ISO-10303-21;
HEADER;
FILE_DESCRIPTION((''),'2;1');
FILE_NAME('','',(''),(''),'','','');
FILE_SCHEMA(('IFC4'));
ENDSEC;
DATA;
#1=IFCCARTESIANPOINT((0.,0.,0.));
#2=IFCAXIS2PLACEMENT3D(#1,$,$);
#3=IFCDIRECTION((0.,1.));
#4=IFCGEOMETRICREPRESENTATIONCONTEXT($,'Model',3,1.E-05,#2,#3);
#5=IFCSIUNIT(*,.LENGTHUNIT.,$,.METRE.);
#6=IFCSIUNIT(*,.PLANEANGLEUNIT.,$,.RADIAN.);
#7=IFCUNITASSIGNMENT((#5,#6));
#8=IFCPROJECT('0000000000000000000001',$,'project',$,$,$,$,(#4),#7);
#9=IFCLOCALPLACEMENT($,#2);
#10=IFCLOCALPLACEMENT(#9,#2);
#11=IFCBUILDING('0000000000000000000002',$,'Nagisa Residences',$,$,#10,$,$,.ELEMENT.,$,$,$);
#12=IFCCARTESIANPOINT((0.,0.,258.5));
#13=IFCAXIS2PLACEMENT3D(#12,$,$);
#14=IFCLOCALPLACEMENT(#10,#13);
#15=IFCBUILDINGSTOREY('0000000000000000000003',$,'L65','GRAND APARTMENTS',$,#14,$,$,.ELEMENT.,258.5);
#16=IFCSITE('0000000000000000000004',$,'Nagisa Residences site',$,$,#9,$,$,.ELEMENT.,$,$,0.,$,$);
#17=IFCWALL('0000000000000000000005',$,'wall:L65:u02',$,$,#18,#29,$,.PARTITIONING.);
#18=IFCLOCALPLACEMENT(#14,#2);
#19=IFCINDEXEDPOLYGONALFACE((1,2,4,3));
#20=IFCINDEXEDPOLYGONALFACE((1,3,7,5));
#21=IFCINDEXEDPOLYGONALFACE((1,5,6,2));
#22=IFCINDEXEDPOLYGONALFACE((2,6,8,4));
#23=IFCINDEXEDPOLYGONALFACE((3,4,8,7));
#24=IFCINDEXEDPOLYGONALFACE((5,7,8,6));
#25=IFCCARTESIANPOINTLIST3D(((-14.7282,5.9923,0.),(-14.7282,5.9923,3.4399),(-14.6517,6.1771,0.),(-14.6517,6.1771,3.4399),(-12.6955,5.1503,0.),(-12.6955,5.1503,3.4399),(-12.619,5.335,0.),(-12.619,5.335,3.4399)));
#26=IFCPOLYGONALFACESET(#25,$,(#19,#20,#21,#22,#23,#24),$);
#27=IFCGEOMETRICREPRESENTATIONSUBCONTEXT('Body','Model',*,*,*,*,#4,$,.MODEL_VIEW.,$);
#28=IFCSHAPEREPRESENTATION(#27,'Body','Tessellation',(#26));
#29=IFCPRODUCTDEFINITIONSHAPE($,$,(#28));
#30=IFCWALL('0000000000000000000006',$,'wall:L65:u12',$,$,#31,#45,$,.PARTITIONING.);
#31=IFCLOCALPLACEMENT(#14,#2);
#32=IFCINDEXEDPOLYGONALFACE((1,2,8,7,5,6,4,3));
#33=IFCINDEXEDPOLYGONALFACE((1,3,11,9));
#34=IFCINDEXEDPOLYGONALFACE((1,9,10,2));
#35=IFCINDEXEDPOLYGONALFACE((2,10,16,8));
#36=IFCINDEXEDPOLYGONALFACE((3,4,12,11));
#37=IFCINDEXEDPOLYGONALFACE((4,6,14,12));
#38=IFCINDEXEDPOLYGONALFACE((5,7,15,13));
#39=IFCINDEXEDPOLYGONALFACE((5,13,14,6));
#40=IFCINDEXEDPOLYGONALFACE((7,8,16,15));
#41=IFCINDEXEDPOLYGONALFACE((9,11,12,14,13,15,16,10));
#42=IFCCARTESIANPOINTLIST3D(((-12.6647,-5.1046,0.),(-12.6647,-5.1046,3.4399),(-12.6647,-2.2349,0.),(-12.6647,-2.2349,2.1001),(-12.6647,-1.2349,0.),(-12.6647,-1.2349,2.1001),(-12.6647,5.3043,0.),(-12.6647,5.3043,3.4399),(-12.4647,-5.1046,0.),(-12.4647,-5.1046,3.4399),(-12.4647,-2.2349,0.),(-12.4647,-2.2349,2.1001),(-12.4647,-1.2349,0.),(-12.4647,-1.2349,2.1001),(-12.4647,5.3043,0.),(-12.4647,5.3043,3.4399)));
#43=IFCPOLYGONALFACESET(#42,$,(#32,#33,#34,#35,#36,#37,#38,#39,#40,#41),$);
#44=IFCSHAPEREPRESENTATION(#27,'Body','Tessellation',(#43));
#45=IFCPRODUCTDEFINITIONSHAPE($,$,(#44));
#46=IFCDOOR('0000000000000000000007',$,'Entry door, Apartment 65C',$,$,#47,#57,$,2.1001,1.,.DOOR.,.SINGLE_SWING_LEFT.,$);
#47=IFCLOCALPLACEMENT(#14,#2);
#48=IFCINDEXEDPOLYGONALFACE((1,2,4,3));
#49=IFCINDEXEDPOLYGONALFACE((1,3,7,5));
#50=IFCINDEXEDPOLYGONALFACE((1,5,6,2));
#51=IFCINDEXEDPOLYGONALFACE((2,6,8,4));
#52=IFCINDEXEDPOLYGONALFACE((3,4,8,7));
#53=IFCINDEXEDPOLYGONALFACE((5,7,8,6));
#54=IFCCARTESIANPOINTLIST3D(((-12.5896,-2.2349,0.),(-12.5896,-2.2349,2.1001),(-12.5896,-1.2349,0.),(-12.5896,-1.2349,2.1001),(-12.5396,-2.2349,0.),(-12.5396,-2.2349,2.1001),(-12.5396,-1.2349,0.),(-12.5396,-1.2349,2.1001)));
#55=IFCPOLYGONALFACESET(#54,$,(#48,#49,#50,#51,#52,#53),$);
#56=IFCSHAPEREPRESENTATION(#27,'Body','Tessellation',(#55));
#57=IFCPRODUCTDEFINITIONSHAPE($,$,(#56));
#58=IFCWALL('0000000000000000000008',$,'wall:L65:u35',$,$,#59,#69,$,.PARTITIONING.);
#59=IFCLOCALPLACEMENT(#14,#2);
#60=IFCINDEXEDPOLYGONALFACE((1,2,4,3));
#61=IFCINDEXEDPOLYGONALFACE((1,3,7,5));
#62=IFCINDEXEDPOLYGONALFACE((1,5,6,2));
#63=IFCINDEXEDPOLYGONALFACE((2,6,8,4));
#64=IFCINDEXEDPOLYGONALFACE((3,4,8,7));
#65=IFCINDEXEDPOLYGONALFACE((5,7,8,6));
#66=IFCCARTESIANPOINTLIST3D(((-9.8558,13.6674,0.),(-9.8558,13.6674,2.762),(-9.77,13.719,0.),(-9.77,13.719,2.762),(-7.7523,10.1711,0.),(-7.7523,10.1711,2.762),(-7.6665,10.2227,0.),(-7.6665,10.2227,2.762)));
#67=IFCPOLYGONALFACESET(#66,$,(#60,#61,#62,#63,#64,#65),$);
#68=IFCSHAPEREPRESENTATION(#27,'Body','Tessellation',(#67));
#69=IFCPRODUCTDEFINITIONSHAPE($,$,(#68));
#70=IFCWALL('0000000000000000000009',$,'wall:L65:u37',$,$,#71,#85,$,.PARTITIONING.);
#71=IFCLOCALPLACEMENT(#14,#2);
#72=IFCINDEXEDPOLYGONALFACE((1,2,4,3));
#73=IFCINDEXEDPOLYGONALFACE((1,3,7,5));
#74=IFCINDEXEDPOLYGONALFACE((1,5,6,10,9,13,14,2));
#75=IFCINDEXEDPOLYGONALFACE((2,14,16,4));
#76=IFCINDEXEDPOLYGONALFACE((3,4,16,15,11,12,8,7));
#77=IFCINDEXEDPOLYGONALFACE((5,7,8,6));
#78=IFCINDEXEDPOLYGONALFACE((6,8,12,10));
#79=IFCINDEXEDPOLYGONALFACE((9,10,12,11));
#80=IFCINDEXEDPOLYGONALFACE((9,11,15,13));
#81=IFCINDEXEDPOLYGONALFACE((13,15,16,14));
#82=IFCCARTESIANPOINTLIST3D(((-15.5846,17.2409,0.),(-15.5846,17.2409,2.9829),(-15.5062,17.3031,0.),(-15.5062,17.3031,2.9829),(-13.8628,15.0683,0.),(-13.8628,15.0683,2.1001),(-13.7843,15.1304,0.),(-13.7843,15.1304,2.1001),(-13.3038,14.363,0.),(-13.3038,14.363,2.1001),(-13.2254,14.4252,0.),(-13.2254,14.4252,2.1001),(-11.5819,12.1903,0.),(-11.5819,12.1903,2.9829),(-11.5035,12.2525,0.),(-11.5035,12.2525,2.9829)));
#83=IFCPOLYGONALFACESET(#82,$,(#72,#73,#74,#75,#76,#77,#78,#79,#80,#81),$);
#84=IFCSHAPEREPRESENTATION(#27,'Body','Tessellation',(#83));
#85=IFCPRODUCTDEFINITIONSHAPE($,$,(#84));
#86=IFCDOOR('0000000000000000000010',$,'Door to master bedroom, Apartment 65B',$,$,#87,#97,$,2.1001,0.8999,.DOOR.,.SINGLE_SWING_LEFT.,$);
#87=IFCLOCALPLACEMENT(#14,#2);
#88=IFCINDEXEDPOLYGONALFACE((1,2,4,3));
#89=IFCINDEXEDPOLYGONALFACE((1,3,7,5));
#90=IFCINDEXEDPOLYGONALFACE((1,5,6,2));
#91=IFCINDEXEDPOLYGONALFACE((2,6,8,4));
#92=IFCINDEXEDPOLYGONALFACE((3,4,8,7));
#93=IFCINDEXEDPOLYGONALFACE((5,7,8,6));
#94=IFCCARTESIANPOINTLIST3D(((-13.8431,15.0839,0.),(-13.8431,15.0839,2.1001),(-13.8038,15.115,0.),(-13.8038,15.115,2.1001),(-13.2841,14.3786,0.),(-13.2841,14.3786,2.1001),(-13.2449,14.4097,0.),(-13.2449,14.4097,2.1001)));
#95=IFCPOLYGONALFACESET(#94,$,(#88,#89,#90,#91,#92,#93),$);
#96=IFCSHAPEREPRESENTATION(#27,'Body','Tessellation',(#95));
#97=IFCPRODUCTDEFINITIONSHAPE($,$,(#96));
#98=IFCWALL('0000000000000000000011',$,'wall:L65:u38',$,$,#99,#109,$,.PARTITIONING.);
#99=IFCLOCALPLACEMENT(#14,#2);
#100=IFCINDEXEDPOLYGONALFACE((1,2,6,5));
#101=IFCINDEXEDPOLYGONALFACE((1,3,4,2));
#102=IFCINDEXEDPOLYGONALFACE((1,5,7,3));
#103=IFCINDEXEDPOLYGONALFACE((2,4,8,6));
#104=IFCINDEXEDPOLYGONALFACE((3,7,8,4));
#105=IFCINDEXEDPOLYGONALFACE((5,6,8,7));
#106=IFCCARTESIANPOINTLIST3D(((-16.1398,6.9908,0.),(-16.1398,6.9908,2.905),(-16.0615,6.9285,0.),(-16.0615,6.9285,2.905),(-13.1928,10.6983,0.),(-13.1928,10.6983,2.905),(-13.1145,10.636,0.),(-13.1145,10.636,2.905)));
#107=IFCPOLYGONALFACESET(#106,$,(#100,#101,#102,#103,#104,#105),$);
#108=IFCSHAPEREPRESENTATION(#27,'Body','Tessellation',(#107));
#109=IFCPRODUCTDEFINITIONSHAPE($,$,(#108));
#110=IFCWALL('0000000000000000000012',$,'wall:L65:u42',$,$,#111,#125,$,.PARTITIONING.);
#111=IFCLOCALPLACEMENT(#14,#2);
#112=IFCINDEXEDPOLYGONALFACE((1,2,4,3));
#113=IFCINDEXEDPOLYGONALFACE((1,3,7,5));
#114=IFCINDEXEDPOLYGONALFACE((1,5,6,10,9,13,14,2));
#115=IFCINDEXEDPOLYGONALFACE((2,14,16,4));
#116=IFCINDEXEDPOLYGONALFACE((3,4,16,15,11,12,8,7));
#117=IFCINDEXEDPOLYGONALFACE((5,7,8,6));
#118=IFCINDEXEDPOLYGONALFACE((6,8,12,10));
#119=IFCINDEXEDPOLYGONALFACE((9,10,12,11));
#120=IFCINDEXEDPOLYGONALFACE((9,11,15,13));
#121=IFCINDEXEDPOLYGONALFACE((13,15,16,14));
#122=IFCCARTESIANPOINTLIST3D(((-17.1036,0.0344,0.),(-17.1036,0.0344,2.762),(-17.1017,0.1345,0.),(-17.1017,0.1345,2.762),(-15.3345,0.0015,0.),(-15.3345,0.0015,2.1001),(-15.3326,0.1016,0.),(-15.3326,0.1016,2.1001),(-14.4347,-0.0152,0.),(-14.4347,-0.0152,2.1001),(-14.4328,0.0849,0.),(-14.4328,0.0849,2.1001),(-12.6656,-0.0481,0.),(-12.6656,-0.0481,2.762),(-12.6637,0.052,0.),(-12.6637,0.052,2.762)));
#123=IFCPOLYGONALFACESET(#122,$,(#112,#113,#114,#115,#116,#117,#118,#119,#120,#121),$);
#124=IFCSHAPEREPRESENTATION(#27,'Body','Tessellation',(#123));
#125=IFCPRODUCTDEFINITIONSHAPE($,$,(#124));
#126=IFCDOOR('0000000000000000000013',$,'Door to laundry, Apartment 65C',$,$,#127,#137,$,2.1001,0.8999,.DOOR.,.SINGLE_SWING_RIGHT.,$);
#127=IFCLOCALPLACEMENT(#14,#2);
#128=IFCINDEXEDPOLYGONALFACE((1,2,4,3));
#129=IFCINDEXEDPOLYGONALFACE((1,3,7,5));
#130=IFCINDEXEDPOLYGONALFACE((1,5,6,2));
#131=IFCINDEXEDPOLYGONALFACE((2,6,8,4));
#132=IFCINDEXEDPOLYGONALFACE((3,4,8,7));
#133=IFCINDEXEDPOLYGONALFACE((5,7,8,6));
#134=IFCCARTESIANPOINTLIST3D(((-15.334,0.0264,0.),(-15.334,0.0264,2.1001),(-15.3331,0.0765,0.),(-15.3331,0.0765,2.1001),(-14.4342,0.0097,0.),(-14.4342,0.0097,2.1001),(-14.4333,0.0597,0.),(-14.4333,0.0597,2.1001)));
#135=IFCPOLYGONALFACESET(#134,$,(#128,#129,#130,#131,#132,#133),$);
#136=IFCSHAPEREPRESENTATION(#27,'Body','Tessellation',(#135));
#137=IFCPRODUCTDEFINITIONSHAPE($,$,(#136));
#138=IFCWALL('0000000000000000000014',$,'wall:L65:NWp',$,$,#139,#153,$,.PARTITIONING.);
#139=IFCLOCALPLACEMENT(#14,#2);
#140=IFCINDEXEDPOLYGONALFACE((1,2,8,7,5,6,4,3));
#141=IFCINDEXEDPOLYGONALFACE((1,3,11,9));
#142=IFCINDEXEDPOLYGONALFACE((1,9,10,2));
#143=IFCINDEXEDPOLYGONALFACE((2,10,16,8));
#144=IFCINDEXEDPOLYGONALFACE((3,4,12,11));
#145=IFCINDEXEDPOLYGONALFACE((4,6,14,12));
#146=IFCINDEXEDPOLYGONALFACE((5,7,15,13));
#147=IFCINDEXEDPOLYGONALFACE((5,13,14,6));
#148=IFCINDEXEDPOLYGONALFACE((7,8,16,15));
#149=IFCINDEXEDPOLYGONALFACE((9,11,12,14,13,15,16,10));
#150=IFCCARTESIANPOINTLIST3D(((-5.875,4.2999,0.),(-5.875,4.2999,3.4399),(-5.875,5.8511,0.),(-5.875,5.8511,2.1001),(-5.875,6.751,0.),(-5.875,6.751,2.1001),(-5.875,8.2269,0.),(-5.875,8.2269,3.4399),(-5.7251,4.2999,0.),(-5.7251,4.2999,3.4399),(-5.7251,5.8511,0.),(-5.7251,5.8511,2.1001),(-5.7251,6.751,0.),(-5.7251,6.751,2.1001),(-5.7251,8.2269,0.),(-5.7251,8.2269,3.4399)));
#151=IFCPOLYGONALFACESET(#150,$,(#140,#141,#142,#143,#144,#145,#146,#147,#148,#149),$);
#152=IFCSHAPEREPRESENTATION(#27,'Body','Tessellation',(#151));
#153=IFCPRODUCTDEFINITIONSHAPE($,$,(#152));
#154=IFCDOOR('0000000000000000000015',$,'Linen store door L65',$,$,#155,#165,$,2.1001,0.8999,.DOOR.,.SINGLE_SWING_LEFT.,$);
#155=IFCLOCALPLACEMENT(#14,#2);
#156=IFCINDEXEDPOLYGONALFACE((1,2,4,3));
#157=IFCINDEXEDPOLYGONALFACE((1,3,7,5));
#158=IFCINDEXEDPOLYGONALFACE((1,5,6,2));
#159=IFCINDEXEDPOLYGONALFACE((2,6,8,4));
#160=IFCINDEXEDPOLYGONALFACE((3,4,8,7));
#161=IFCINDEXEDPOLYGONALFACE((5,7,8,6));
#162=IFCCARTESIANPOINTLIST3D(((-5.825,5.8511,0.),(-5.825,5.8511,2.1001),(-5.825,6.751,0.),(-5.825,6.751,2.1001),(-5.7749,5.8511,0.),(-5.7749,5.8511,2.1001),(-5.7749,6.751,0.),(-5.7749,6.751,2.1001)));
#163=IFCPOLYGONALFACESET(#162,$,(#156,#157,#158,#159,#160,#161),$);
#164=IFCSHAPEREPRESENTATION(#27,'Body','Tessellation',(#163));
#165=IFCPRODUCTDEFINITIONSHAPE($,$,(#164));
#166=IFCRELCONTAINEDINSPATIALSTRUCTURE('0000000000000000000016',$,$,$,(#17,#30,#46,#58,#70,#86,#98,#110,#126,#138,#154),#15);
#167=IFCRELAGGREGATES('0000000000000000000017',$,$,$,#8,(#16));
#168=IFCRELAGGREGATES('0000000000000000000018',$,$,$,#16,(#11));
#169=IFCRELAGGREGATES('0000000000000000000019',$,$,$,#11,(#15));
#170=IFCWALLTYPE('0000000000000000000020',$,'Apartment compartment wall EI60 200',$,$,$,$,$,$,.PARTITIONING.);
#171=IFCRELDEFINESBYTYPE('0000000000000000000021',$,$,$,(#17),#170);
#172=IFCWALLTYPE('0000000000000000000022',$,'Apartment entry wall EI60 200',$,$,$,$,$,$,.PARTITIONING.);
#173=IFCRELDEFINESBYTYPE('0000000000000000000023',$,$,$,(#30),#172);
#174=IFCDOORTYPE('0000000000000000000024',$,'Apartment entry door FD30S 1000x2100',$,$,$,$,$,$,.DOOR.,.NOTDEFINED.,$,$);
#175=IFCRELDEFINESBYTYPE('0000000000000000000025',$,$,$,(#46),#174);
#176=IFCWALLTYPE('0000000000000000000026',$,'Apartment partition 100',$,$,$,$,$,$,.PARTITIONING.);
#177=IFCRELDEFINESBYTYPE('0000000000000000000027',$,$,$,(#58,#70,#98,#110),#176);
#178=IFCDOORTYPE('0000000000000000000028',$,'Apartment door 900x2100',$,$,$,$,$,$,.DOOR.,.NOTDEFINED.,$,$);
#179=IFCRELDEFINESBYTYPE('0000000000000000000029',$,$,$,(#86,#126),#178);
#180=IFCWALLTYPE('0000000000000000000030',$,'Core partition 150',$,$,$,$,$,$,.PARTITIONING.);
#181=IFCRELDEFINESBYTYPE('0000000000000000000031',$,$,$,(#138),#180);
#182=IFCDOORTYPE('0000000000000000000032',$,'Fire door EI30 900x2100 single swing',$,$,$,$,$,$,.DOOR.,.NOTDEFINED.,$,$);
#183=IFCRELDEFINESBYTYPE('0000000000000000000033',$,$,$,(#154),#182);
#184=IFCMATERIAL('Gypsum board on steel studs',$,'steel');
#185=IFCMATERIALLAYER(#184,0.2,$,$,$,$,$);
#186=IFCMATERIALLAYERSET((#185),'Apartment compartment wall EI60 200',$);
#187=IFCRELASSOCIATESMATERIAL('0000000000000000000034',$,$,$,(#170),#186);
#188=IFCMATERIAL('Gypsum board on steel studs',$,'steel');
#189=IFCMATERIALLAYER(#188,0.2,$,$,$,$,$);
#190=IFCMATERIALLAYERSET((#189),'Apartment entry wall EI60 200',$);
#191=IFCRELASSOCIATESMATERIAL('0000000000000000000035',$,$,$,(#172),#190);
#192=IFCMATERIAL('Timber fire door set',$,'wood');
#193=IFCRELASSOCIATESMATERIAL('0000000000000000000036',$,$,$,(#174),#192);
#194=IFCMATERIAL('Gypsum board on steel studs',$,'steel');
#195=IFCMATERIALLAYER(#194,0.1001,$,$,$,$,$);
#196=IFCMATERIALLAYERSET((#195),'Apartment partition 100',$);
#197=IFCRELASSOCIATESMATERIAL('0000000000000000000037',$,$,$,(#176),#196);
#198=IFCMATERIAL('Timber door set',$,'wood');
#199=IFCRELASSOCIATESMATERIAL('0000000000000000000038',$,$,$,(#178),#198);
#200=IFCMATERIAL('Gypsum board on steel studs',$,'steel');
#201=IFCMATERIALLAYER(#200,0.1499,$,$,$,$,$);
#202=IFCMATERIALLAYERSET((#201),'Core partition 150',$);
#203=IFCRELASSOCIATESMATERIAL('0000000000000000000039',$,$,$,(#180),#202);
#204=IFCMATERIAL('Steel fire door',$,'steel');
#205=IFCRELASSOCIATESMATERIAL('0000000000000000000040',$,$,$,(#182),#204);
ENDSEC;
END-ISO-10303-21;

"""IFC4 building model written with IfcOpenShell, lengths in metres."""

from ifc_helpers import new_model, si_unit, direction, frame, frame_2d, origin, place, context, subcontext, project, spatial, rectangle, extrude, material, layer, layer_set, type_object, element, fill, save


model = new_model("IFC4")

# Units and contexts
model_context = context("Model", 3, precision=1e-05, world=origin(), true_north=direction((0.0, 1.0)))
body_context = subcontext(model_context, "Body", "Model", "MODEL_VIEW")
ifc_project = project(units=[si_unit("LENGTHUNIT", "METRE"), si_unit("PLANEANGLEUNIT", "RADIAN")], contexts=[model_context])

# Site, building, storey
site_placement = place(None, origin())
site = spatial("IfcSite", under=ifc_project, at=site_placement, Name="Nagisa Residences site", CompositionType="ELEMENT", RefElevation=0.0)
building_placement = place(site_placement, origin())
building = spatial("IfcBuilding", under=site, at=building_placement, Name="Nagisa Residences", CompositionType="ELEMENT")
storey_placement = place(building_placement, frame((0.0, 0.0, 258.5)))
storey = spatial("IfcBuildingStorey", under=building, at=storey_placement, Name="L65", Description="GRAND APARTMENTS", CompositionType="ELEMENT", Elevation=258.5)

# Wall
ifc_material_1 = material(Name="Gypsum board on steel studs", Category="steel")
ifc_layer_1 = layer(ifc_material_1, 0.2)
ifc_layer_set_1 = layer_set([ifc_layer_1], Name="Apartment compartment wall EI60 200")
wall_type_1 = type_object("IfcWallType", Name="Apartment compartment wall EI60 200", PredefinedType="PARTITIONING", material=ifc_layer_set_1)
wall_1_placement = place(storey_placement, frame((-12.6572, 5.2427, 0.0), z_axis=(0.0, 0.0, 1.0), x_axis=(-0.923869, 0.382708, 0.0)))
element("IfcWall", 1, at=wall_1_placement, inside=storey, type_object=wall_type_1, Name="wall:L65:u02", PredefinedType="PARTITIONING", context=body_context, shape_type="SweptSolid", body=[
    extrude(rectangle(XDim=2.2002, YDim=0.2, at=frame_2d((1.1001, 0.0))), origin(), (0.0, 0.0, 1.0), 3.4399),
])

# Wall, opening, door
ifc_material_2 = material(Name="Gypsum board on steel studs", Category="steel")
ifc_layer_2 = layer(ifc_material_2, 0.2)
ifc_layer_set_2 = layer_set([ifc_layer_2], Name="Apartment entry wall EI60 200")
wall_type_2 = type_object("IfcWallType", Name="Apartment entry wall EI60 200", PredefinedType="PARTITIONING", material=ifc_layer_set_2)
wall_2_placement = place(storey_placement, frame((-12.5647, 5.3044, 0.0), z_axis=(0.0, 0.0, 1.0), x_axis=(0.0, -1.0, 0.0)))
wall_2 = element("IfcWall", 2, at=wall_2_placement, inside=storey, type_object=wall_type_2, Name="wall:L65:u12", PredefinedType="PARTITIONING", context=body_context, shape_type="SweptSolid", body=[
    extrude(rectangle(XDim=10.4089, YDim=0.2, at=frame_2d((5.2046, 0.0))), origin(), (0.0, 0.0, 1.0), 3.4399),
])
opening_1_placement = place(wall_2_placement, frame((6.5393, 0.0, 0.0)))
opening_1 = element("IfcOpeningElement", 3, at=opening_1_placement, cuts=wall_2, PredefinedType="OPENING", context=body_context, shape_type="SweptSolid", body=[
    extrude(rectangle(XDim=1.0, YDim=2.1001, at=frame_2d((0.5, 1.05))), frame((0.0, 0.1099, 0.0), z_axis=(0.0, -1.0, 0.0), x_axis=(1.0, 0.0, 0.0)), (0.0, 0.0, 1.0), 0.22),
])
ifc_material_3 = material(Name="Timber fire door set", Category="wood")
door_type_1 = type_object("IfcDoorType", Name="Apartment entry door FD30S 1000x2100", OperationType="NOTDEFINED", PredefinedType="DOOR", material=ifc_material_3)
door_1_placement = place(opening_1_placement, frame((1.0, 0.0, 0.0), x_axis=(-1.0, 0.0, 0.0)))
door_1 = element("IfcDoor", 4, at=door_1_placement, inside=storey, type_object=door_type_1, Name="Entry door, Apartment 65C", OperationType="SINGLE_SWING_LEFT", OverallHeight=2.1001, OverallWidth=1.0, PredefinedType="DOOR", context=body_context, shape_type="SweptSolid", body=[
    extrude(rectangle(XDim=1.0, YDim=2.1001, at=frame_2d((0.5, 1.05))), frame((0.0, 0.0249, 0.0), z_axis=(0.0, -1.0, 0.0), x_axis=(1.0, 0.0, 0.0)), (0.0, 0.0, 1.0), 0.05),
])
fill(opening_1, door_1)

# Wall
ifc_material_4 = material(Name="Gypsum board on steel studs", Category="steel")
ifc_layer_3 = layer(ifc_material_4, 0.1001)
ifc_layer_set_3 = layer_set([ifc_layer_3], Name="Apartment partition 100")
wall_type_3 = type_object("IfcWallType", Name="Apartment partition 100", PredefinedType="PARTITIONING", material=ifc_layer_set_3)
wall_3_placement = place(storey_placement, frame((-7.7095, 10.197, 0.0), z_axis=(0.0, 0.0, 1.0), x_axis=(-0.515525, 0.856875, 0.0)))
element("IfcWall", 5, at=wall_3_placement, inside=storey, type_object=wall_type_3, Name="wall:L65:u35", PredefinedType="PARTITIONING", context=body_context, shape_type="SweptSolid", body=[
    extrude(rectangle(XDim=4.0803, YDim=0.1001, at=frame_2d((2.04, 0.0))), origin(), (0.0, 0.0, 1.0), 2.762),
])

# Wall, opening, door
wall_4_placement = place(storey_placement, frame((-11.5427, 12.2214, 0.0), z_axis=(0.0, 0.0, 1.0), x_axis=(-0.621117, 0.783718, 0.0)))
wall_4 = element("IfcWall", 6, at=wall_4_placement, inside=storey, type_object=wall_type_3, Name="wall:L65:u37", PredefinedType="PARTITIONING", context=body_context, shape_type="SweptSolid", body=[
    extrude(rectangle(XDim=6.4443, YDim=0.1001, at=frame_2d((3.2222, 0.0))), origin(), (0.0, 0.0, 1.0), 2.9829),
])
opening_2_placement = place(wall_4_placement, frame((2.7722, 0.0, 0.0)))
opening_2 = element("IfcOpeningElement", 7, at=opening_2_placement, cuts=wall_4, PredefinedType="OPENING", context=body_context, shape_type="SweptSolid", body=[
    extrude(rectangle(XDim=0.8999, YDim=2.1001, at=frame_2d((0.45, 1.05))), frame((0.0, 0.0601, 0.0), z_axis=(0.0, -1.0, 0.0), x_axis=(1.0, 0.0, 0.0)), (0.0, 0.0, 1.0), 0.1201),
])
ifc_material_5 = material(Name="Timber door set", Category="wood")
door_type_2 = type_object("IfcDoorType", Name="Apartment door 900x2100", OperationType="NOTDEFINED", PredefinedType="DOOR", material=ifc_material_5)
door_2_placement = place(opening_2_placement, origin())
door_2 = element("IfcDoor", 8, at=door_2_placement, inside=storey, type_object=door_type_2, Name="Door to master bedroom, Apartment 65B", OperationType="SINGLE_SWING_LEFT", OverallHeight=2.1001, OverallWidth=0.8999, PredefinedType="DOOR", context=body_context, shape_type="SweptSolid", body=[
    extrude(rectangle(XDim=0.8999, YDim=2.1001, at=frame_2d((0.45, 1.05))), frame((0.0, 0.0249, 0.0), z_axis=(0.0, -1.0, 0.0), x_axis=(1.0, 0.0, 0.0)), (0.0, 0.0, 1.0), 0.05),
])
fill(opening_2, door_2)

# Wall
wall_5_placement = place(storey_placement, frame((-13.1536, 10.6672, 0.0), z_axis=(0.0, 0.0, 1.0), x_axis=(-0.622247, -0.782821, 0.0)))
element("IfcWall", 9, at=wall_5_placement, inside=storey, type_object=wall_type_3, Name="wall:L65:u38", PredefinedType="PARTITIONING", context=body_context, shape_type="SweptSolid", body=[
    extrude(rectangle(XDim=4.7361, YDim=0.1001, at=frame_2d((2.3682, 0.0))), origin(), (0.0, 0.0, 1.0), 2.905),
])

# Walls, openings, doors
wall_6_placement = place(storey_placement, frame((-12.6648, 0.002, 0.0), z_axis=(0.0, 0.0, 1.0), x_axis=(-0.999827, 0.018591, 0.0)))
wall_6 = element("IfcWall", 10, at=wall_6_placement, inside=storey, type_object=wall_type_3, Name="wall:L65:u42", PredefinedType="PARTITIONING", context=body_context, shape_type="SweptSolid", body=[
    extrude(rectangle(XDim=4.4387, YDim=0.1001, at=frame_2d((2.2192, 0.0))), origin(), (0.0, 0.0, 1.0), 2.762),
])
opening_3_placement = place(wall_6_placement, frame((1.7693, 0.0, 0.0)))
opening_3 = element("IfcOpeningElement", 11, at=opening_3_placement, cuts=wall_6, PredefinedType="OPENING", context=body_context, shape_type="SweptSolid", body=[
    extrude(rectangle(XDim=0.8999, YDim=2.1001, at=frame_2d((0.45, 1.05))), frame((0.0, 0.0601, 0.0), z_axis=(0.0, -1.0, 0.0), x_axis=(1.0, 0.0, 0.0)), (0.0, 0.0, 1.0), 0.1201),
])
door_3_placement = place(opening_3_placement, frame((0.8999, 0.0, 0.0), x_axis=(-1.0, 0.0, 0.0)))
door_3 = element("IfcDoor", 12, at=door_3_placement, inside=storey, type_object=door_type_2, Name="Door to laundry, Apartment 65C", OperationType="SINGLE_SWING_RIGHT", OverallHeight=2.1001, OverallWidth=0.8999, PredefinedType="DOOR", context=body_context, shape_type="SweptSolid", body=[
    extrude(rectangle(XDim=0.8999, YDim=2.1001, at=frame_2d((0.45, 1.05))), frame((0.0, 0.0249, 0.0), z_axis=(0.0, -1.0, 0.0), x_axis=(1.0, 0.0, 0.0)), (0.0, 0.0, 1.0), 0.05),
])
fill(opening_3, door_3)
ifc_material_6 = material(Name="Gypsum board on steel studs", Category="steel")
ifc_layer_4 = layer(ifc_material_6, 0.1499)
ifc_layer_set_4 = layer_set([ifc_layer_4], Name="Core partition 150")
wall_type_4 = type_object("IfcWallType", Name="Core partition 150", PredefinedType="PARTITIONING", material=ifc_layer_set_4)
wall_7_placement = place(storey_placement, frame((-5.8, 4.3, 0.0), z_axis=(0.0, 0.0, 1.0), x_axis=(0.0, 1.0, 0.0)))
wall_7 = element("IfcWall", 13, at=wall_7_placement, inside=storey, type_object=wall_type_4, Name="wall:L65:NWp", PredefinedType="PARTITIONING", context=body_context, shape_type="SweptSolid", body=[
    extrude(rectangle(XDim=3.927, YDim=0.1499, at=frame_2d((1.9634, 0.0))), origin(), (0.0, 0.0, 1.0), 3.4399),
])
opening_4_placement = place(wall_7_placement, frame((1.551, 0.0, 0.0)))
opening_4 = element("IfcOpeningElement", 14, at=opening_4_placement, cuts=wall_7, PredefinedType="OPENING", context=body_context, shape_type="SweptSolid", body=[
    extrude(rectangle(XDim=0.8999, YDim=2.1001, at=frame_2d((0.45, 1.05))), frame((0.0, 0.085, 0.0), z_axis=(0.0, -1.0, 0.0), x_axis=(1.0, 0.0, 0.0)), (0.0, 0.0, 1.0), 0.1699),
])
ifc_material_7 = material(Name="Steel fire door", Category="steel")
door_type_3 = type_object("IfcDoorType", Name="Fire door EI30 900x2100 single swing", OperationType="NOTDEFINED", PredefinedType="DOOR", material=ifc_material_7)
door_4_placement = place(opening_4_placement, origin())
door_4 = element("IfcDoor", 15, at=door_4_placement, inside=storey, type_object=door_type_3, Name="Linen store door L65", OperationType="SINGLE_SWING_LEFT", OverallHeight=2.1001, OverallWidth=0.8999, PredefinedType="DOOR", context=body_context, shape_type="SweptSolid", body=[
    extrude(rectangle(XDim=0.8999, YDim=2.1001, at=frame_2d((0.45, 1.05))), frame((0.0, 0.0249, 0.0), z_axis=(0.0, -1.0, 0.0), x_axis=(1.0, 0.0, 0.0)), (0.0, 0.0, 1.0), 0.05),
])
fill(opening_4, door_4)

save(model, "model.ifc")
